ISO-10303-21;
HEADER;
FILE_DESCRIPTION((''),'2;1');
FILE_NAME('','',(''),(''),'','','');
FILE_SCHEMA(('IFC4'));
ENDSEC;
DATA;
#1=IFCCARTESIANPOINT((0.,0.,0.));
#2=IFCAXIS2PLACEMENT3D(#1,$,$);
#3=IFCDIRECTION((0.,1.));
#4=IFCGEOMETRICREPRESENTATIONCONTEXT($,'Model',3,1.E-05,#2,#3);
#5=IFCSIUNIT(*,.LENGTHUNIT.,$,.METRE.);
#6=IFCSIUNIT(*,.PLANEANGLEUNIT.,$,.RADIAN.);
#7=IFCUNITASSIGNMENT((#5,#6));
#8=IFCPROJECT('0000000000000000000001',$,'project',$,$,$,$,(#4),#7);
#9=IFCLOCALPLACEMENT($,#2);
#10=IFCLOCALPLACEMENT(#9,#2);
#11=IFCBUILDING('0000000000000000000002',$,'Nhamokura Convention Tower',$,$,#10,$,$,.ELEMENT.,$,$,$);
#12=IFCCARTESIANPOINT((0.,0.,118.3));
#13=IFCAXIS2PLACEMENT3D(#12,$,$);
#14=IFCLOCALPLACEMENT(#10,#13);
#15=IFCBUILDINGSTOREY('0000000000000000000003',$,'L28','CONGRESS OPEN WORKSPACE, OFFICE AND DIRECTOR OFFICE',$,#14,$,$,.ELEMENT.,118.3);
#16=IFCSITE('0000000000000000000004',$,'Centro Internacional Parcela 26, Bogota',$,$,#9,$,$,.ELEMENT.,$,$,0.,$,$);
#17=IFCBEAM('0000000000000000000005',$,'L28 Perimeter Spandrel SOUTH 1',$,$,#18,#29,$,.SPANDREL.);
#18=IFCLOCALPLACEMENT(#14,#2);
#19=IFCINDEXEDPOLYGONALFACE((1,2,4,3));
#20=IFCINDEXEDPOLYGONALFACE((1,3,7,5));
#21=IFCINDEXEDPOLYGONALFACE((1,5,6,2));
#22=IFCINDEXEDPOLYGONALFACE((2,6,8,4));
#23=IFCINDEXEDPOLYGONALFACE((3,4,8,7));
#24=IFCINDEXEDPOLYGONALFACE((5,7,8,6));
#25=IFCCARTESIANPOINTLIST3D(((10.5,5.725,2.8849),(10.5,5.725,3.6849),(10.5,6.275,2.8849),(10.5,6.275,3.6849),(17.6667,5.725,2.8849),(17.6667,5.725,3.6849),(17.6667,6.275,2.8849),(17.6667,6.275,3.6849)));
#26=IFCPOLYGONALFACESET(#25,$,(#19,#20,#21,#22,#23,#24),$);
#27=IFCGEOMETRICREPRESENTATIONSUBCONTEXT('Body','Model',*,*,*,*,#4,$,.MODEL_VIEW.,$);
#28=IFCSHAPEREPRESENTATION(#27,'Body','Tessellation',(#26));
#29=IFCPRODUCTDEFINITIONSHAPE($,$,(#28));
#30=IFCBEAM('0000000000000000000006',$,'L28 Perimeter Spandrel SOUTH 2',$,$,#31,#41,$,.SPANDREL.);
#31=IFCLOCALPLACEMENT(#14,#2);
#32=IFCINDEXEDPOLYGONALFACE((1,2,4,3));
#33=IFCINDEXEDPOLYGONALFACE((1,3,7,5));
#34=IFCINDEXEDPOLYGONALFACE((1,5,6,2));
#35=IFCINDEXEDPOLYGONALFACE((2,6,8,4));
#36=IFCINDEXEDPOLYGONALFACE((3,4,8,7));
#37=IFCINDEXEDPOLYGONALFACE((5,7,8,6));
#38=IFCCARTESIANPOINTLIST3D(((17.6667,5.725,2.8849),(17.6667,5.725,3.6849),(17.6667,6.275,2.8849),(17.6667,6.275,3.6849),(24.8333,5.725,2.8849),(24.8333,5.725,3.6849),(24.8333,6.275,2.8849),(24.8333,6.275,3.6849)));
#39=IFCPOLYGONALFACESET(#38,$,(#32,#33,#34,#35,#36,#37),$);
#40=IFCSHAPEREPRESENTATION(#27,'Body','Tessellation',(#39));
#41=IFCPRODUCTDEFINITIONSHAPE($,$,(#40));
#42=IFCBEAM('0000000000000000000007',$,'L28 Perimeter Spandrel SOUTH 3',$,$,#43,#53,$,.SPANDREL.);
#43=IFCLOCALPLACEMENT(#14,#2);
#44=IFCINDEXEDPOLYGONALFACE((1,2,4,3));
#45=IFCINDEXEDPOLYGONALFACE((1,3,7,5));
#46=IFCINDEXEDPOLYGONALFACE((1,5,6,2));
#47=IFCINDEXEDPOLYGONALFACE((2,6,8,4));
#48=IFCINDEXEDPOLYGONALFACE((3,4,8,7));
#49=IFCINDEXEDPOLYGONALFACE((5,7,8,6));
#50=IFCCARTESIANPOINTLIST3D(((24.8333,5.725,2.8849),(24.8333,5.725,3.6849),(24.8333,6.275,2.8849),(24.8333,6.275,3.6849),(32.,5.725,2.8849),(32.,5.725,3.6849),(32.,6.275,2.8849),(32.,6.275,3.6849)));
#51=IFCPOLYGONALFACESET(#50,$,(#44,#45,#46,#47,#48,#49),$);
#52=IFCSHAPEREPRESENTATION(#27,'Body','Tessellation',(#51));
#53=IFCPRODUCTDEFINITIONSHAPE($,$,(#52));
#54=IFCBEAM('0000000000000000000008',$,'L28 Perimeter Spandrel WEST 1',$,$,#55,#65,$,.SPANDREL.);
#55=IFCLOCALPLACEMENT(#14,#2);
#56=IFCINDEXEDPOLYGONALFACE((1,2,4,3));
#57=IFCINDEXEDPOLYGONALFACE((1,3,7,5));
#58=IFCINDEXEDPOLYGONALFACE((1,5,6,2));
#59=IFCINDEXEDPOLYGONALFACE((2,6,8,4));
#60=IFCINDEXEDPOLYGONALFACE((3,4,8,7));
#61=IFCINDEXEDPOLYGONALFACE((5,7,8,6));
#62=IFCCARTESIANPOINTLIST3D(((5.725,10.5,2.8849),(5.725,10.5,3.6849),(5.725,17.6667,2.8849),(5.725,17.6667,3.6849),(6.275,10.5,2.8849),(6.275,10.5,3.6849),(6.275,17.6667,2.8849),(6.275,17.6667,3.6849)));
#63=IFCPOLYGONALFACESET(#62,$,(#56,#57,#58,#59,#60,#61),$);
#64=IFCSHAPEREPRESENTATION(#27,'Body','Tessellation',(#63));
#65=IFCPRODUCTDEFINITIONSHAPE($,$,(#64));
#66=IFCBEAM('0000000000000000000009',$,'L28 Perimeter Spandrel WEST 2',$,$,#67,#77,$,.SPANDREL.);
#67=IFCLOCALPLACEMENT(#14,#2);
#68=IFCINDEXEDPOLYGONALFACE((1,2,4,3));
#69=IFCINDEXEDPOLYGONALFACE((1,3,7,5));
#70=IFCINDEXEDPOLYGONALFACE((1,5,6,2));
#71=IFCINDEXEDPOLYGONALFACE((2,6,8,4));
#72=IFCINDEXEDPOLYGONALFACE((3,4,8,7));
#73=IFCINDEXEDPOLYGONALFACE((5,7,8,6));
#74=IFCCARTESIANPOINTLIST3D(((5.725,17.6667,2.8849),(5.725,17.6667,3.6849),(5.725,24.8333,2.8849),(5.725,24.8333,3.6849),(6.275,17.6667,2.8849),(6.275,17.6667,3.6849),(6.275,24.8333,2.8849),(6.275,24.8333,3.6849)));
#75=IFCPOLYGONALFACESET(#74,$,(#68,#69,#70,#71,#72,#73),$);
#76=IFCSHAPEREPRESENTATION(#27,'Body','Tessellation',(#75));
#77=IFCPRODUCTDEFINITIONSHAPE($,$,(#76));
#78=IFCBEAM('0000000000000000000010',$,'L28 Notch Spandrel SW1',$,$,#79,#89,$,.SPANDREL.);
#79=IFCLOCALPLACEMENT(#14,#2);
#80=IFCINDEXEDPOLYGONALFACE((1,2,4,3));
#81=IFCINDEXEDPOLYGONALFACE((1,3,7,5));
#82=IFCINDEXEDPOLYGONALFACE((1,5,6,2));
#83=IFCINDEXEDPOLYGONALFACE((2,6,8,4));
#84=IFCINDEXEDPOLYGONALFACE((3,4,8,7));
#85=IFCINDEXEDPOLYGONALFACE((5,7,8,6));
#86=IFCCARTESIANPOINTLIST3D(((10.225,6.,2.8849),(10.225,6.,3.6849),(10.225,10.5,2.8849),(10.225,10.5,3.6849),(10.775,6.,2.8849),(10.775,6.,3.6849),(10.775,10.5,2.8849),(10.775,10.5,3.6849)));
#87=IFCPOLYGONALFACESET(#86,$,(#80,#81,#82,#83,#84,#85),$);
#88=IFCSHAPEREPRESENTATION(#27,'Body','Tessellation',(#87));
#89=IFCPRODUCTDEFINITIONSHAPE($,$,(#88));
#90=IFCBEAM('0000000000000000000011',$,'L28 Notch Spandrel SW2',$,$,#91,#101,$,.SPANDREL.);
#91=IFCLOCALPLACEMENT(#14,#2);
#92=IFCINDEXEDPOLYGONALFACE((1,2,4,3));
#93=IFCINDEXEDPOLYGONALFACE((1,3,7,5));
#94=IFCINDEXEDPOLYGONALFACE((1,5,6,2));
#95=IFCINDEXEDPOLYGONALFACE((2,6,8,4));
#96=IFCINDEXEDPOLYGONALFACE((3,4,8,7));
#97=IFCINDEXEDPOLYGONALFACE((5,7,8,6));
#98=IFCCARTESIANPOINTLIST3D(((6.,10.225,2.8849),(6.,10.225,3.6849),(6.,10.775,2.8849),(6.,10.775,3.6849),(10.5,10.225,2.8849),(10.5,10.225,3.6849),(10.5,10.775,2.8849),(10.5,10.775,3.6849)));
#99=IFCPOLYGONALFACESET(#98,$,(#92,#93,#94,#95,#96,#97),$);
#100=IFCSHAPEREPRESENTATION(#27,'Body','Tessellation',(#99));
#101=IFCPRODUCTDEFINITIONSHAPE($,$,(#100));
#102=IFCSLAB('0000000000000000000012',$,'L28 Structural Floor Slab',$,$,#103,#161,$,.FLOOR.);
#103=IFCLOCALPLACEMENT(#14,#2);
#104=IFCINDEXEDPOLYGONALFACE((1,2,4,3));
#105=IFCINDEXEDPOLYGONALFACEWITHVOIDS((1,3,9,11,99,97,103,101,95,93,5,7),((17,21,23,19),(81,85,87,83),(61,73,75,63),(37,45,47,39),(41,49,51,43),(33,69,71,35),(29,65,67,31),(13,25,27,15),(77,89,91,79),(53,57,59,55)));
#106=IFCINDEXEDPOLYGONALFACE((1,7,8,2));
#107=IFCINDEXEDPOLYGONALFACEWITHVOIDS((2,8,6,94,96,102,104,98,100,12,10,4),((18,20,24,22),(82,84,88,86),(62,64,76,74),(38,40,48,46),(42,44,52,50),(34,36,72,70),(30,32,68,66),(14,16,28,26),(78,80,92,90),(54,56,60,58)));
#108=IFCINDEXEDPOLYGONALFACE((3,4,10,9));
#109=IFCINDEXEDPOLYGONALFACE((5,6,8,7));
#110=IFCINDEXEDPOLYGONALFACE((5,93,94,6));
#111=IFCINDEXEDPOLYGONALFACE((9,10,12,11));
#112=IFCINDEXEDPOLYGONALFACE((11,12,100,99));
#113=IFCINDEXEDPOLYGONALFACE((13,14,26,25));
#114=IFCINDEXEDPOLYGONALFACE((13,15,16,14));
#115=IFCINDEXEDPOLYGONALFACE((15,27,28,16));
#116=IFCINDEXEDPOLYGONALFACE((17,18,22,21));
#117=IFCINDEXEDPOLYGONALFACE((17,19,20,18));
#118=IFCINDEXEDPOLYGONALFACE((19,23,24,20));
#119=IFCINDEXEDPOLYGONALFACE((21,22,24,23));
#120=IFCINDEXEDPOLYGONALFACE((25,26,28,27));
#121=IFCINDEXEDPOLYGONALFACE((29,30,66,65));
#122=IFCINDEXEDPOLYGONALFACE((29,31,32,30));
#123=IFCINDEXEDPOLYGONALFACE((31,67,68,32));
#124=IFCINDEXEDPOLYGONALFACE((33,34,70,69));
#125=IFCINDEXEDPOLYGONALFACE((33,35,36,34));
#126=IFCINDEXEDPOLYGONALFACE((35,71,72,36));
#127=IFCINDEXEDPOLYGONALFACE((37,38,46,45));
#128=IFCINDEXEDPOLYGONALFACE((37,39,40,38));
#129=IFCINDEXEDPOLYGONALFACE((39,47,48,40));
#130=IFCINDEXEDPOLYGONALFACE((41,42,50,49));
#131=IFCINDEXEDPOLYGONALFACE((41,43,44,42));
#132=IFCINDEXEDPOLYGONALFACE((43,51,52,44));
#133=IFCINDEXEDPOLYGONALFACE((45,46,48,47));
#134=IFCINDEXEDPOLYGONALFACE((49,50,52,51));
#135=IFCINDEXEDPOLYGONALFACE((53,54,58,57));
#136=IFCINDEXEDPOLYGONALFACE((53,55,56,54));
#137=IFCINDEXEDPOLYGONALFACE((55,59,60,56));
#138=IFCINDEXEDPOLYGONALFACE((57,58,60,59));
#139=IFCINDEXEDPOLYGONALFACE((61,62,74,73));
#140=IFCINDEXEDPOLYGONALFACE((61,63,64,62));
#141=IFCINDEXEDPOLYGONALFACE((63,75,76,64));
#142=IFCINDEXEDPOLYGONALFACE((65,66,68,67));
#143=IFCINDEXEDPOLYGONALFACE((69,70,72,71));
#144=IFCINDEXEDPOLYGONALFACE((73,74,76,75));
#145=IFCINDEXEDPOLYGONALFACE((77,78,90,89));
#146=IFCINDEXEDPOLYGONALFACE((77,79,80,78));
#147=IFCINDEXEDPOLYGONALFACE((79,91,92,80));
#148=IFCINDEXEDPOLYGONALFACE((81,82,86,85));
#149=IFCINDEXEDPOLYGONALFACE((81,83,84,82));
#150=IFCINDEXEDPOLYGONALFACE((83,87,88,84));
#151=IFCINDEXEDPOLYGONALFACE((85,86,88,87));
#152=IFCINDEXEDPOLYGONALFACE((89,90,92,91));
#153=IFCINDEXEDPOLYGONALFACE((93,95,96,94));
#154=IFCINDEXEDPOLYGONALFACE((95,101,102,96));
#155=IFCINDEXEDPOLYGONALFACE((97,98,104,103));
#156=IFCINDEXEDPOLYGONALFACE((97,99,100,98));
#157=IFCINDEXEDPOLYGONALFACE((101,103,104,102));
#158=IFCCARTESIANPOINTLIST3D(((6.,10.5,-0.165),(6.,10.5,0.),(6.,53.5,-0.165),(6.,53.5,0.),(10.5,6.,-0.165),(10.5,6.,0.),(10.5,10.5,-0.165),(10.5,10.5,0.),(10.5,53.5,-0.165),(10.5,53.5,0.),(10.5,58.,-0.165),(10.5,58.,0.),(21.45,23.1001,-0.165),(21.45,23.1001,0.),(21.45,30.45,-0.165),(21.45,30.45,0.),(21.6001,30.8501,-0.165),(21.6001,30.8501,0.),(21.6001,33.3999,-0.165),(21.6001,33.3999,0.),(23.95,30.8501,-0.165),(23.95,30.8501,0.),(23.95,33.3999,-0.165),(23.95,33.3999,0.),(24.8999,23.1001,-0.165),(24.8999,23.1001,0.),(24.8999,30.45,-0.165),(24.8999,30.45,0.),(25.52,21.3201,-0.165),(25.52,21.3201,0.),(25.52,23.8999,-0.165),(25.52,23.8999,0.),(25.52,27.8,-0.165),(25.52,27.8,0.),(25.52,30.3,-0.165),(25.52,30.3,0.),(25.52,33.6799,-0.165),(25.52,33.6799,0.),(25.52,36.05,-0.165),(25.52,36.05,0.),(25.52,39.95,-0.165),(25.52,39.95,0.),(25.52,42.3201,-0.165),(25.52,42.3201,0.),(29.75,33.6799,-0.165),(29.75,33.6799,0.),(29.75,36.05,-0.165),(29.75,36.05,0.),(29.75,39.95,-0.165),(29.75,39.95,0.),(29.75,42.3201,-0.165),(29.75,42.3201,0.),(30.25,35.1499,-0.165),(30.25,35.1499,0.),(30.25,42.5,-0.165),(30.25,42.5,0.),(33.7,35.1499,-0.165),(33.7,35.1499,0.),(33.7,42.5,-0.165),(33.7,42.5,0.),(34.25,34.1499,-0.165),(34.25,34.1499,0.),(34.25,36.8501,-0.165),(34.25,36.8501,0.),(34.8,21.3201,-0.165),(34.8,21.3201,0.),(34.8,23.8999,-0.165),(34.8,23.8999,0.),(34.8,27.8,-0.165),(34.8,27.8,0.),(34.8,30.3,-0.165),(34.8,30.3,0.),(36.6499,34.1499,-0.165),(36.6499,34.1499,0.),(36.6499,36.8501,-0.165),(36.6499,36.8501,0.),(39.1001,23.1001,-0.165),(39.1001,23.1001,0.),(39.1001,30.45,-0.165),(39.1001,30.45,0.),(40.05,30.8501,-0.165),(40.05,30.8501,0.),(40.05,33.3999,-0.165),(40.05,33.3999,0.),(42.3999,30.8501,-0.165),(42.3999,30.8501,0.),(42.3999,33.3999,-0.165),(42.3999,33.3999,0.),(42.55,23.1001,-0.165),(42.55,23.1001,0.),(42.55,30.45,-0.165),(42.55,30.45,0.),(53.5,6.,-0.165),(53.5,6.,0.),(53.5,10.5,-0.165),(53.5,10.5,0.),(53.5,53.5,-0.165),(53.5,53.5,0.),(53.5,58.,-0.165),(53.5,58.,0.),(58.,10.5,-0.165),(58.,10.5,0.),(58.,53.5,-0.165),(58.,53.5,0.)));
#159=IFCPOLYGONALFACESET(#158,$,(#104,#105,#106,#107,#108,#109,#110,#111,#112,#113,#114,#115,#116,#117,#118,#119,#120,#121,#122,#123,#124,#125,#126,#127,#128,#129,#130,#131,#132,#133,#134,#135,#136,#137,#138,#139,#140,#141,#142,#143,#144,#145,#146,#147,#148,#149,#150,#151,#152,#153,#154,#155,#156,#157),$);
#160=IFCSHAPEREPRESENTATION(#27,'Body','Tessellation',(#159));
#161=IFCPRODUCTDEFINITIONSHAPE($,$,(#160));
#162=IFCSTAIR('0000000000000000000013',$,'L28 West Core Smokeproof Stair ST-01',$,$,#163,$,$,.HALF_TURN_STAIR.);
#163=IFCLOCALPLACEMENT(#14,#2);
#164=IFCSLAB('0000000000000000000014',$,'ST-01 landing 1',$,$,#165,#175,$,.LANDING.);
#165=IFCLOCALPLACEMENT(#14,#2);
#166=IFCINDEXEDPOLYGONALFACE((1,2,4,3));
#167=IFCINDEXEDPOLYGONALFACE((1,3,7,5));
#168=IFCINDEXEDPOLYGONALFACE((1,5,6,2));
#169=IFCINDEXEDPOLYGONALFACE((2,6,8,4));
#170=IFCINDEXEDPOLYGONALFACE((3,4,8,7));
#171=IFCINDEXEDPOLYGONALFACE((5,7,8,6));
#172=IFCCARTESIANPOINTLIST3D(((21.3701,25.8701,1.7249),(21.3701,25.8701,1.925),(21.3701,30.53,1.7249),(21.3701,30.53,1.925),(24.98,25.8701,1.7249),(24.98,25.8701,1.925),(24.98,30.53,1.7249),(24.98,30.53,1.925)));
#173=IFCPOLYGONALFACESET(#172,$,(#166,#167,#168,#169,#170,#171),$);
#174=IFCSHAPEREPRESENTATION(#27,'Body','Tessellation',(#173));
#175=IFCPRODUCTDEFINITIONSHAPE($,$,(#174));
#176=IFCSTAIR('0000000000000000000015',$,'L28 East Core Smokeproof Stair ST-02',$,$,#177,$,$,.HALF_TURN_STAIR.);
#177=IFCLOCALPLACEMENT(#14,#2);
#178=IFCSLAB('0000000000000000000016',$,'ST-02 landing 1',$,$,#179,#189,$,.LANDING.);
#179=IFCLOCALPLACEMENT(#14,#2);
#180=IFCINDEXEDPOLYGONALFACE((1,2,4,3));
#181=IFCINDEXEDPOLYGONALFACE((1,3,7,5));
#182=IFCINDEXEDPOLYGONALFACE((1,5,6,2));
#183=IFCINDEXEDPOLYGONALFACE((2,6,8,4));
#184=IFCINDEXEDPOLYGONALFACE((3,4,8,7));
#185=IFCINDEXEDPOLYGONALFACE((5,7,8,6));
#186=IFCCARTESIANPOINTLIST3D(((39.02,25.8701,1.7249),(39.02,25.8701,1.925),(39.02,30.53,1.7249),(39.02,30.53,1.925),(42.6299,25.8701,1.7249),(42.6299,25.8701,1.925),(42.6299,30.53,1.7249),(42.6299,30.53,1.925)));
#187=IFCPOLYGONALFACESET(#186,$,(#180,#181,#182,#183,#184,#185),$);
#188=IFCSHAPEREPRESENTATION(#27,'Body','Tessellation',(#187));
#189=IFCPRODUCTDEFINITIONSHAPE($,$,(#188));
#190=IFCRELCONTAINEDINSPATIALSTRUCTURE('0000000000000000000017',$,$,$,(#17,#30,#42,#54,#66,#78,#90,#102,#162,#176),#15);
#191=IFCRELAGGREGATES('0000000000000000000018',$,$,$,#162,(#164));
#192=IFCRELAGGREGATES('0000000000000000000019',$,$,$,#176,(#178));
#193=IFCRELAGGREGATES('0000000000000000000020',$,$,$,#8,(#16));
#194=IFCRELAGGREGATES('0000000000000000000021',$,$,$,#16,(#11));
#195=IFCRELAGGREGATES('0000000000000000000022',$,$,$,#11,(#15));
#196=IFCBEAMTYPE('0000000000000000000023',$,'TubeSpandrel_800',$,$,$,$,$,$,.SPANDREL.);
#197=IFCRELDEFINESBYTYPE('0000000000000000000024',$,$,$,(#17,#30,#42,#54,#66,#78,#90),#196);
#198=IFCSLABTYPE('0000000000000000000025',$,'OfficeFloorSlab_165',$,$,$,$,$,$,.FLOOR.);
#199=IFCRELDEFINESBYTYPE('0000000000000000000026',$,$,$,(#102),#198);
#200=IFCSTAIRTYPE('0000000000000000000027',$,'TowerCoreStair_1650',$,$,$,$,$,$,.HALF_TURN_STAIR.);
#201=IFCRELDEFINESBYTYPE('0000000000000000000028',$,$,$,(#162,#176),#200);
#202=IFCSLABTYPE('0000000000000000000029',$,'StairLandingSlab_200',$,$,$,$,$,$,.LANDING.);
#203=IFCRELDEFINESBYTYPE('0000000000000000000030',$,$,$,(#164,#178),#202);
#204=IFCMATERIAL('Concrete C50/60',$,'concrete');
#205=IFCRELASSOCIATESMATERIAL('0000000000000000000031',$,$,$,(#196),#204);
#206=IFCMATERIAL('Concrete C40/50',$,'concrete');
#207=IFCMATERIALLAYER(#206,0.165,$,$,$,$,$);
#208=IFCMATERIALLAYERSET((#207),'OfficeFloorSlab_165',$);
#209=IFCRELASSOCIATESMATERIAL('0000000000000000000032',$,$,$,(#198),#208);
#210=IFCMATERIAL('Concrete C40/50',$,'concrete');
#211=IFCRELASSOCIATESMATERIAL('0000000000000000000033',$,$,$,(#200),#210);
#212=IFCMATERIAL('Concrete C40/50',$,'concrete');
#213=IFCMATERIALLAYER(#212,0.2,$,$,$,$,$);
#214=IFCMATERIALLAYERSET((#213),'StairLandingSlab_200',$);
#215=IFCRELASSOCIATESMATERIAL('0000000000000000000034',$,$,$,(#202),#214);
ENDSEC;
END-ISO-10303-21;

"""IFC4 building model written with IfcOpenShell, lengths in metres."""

from ifc_helpers import new_model, si_unit, direction, frame, origin, origin_2d, place, context, subcontext, project, spatial, polyline, rectangle, outline, extrude, material, layer, layer_set, material_profile, profile_set, type_object, element, aggregate, save


model = new_model("IFC4")

# Units and contexts
model_context = context("Model", 3, precision=1e-05, world=origin(), true_north=direction((0.0, 1.0)))
body_context = subcontext(model_context, "Body", "Model", "MODEL_VIEW")
ifc_project = project(units=[si_unit("LENGTHUNIT", "METRE"), si_unit("PLANEANGLEUNIT", "RADIAN")], contexts=[model_context])

# Site, building, storey
site_placement = place(None, origin())
site = spatial("IfcSite", under=ifc_project, at=site_placement, Name="Centro Internacional Parcela 26, Bogota", CompositionType="ELEMENT", RefElevation=0.0)
building_placement = place(site_placement, origin())
building = spatial("IfcBuilding", under=site, at=building_placement, Name="Nhamokura Convention Tower", CompositionType="ELEMENT")
storey_placement = place(building_placement, frame((0.0, 0.0, 118.3)))
storey = spatial("IfcBuildingStorey", under=building, at=storey_placement, Name="L28", Description="CONGRESS OPEN WORKSPACE, OFFICE AND DIRECTOR OFFICE", CompositionType="ELEMENT", Elevation=118.3)

# Beams
ifc_material_1 = material(Name="Concrete C50/60", Category="concrete")
ifc_material_profile_1 = material_profile(ifc_material_1, rectangle(XDim=0.55, YDim=0.8, at=origin_2d()))
ifc_profile_set_1 = profile_set([ifc_material_profile_1], Name="Concrete C50/60")
beam_type_1 = type_object("IfcBeamType", Name="TubeSpandrel_800", PredefinedType="SPANDREL", material=ifc_profile_set_1)
beam_1_placement = place(storey_placement, frame((10.5, 6.0, 3.2849), z_axis=(1.0, 0.0, 0.0), x_axis=(0.0, 1.0, 0.0)))
element("IfcBeam", 1, at=beam_1_placement, inside=storey, type_object=beam_type_1, Name="L28 Perimeter Spandrel SOUTH 1", PredefinedType="SPANDREL", context=body_context, shape_type="SweptSolid", body=[
    extrude(rectangle(XDim=0.55, YDim=0.8, at=origin_2d()), origin(), (0.0, 0.0, 1.0), 7.1667),
])
beam_2_placement = place(storey_placement, frame((17.6667, 6.0, 3.2849), z_axis=(1.0, 0.0, 0.0), x_axis=(0.0, 1.0, 0.0)))
element("IfcBeam", 2, at=beam_2_placement, inside=storey, type_object=beam_type_1, Name="L28 Perimeter Spandrel SOUTH 2", PredefinedType="SPANDREL", context=body_context, shape_type="SweptSolid", body=[
    extrude(rectangle(XDim=0.55, YDim=0.8, at=origin_2d()), origin(), (0.0, 0.0, 1.0), 7.1665),
])
for number, where, z_axis, x_axis, name in (
    (3, (24.8333, 6.0, 3.2849), (1.0, 0.0, 0.0), (0.0, 1.0, 0.0), "L28 Perimeter Spandrel SOUTH 3"),
    (4, (6.0, 10.5, 3.2849), (0.0, 1.0, 0.0), (-1.0, 0.0, 0.0), "L28 Perimeter Spandrel WEST 1"),
):
    element("IfcBeam", number, at=place(storey_placement, frame(where, z_axis=z_axis, x_axis=x_axis)), inside=storey, type_object=beam_type_1, Name=name, PredefinedType="SPANDREL", context=body_context, shape_type="SweptSolid", body=[
        extrude(rectangle(XDim=0.55, YDim=0.8, at=origin_2d()), origin(), (0.0, 0.0, 1.0), 7.1667),
    ])
beam_3_placement = place(storey_placement, frame((6.0, 17.6667, 3.2849), z_axis=(0.0, 1.0, 0.0), x_axis=(-1.0, 0.0, 0.0)))
element("IfcBeam", 5, at=beam_3_placement, inside=storey, type_object=beam_type_1, Name="L28 Perimeter Spandrel WEST 2", PredefinedType="SPANDREL", context=body_context, shape_type="SweptSolid", body=[
    extrude(rectangle(XDim=0.55, YDim=0.8, at=origin_2d()), origin(), (0.0, 0.0, 1.0), 7.1665),
])
for number, where, z_axis, x_axis, name in (
    (6, (10.5, 6.0, 3.2849), (0.0, 1.0, 0.0), (-1.0, 0.0, 0.0), "L28 Notch Spandrel SW1"),
    (7, (10.5, 10.5, 3.2849), (-1.0, 0.0, 0.0), (0.0, -1.0, 0.0), "L28 Notch Spandrel SW2"),
):
    element("IfcBeam", number, at=place(storey_placement, frame(where, z_axis=z_axis, x_axis=x_axis)), inside=storey, type_object=beam_type_1, Name=name, PredefinedType="SPANDREL", context=body_context, shape_type="SweptSolid", body=[
        extrude(rectangle(XDim=0.55, YDim=0.8, at=origin_2d()), origin(), (0.0, 0.0, 1.0), 4.5),
    ])

# Slab
ifc_material_2 = material(Name="Concrete C40/50", Category="concrete")
ifc_layer_1 = layer(ifc_material_2, 0.165)
ifc_layer_set_1 = layer_set([ifc_layer_1], Name="OfficeFloorSlab_165")
slab_type_1 = type_object("IfcSlabType", Name="OfficeFloorSlab_165", PredefinedType="FLOOR", material=ifc_layer_set_1)
slab_1_placement = place(storey_placement, frame((0.0, 0.0, -0.165)))
element("IfcSlab", 8, at=slab_1_placement, inside=storey, type_object=slab_type_1, Name="L28 Structural Floor Slab", PredefinedType="FLOOR", context=body_context, shape_type="SweptSolid", body=[
    extrude(outline(polyline([(10.5, 6.0), (53.5, 6.0), (53.5, 10.5), (58.0, 10.5), (58.0, 53.5), (53.5, 53.5), (53.5, 58.0), (10.5, 58.0), (10.5, 53.5), (6.0, 53.5), (6.0, 10.5), (10.5, 10.5), (10.5, 6.0)]), holes=[polyline([(24.8999, 23.1001), (24.8999, 30.45), (21.45, 30.45), (21.45, 23.1001), (24.8999, 23.1001)]), polyline([(42.55, 23.1001), (42.55, 30.45), (39.1001, 30.45), (39.1001, 23.1001), (42.55, 23.1001)]), polyline([(33.7, 35.1499), (33.7, 42.5), (30.25, 42.5), (30.25, 35.1499), (33.7, 35.1499)]), polyline([(21.6001, 30.8501), (23.95, 30.8501), (23.95, 33.3999), (21.6001, 33.3999), (21.6001, 30.8501)]), polyline([(40.05, 30.8501), (42.3999, 30.8501), (42.3999, 33.3999), (40.05, 33.3999), (40.05, 30.8501)]), polyline([(34.25, 34.1499), (36.6499, 34.1499), (36.6499, 36.8501), (34.25, 36.8501), (34.25, 34.1499)]), polyline([(25.52, 21.3201), (34.8, 21.3201), (34.8, 23.8999), (25.52, 23.8999), (25.52, 21.3201)]), polyline([(25.52, 27.8), (34.8, 27.8), (34.8, 30.3), (25.52, 30.3), (25.52, 27.8)]), polyline([(25.52, 33.6799), (29.75, 33.6799), (29.75, 36.05), (25.52, 36.05), (25.52, 33.6799)]), polyline([(25.52, 39.95), (29.75, 39.95), (29.75, 42.3201), (25.52, 42.3201), (25.52, 39.95)])]), origin(), (0.0, 0.0, 1.0), 0.165),
])

# Stairs, slabs
ifc_material_3 = material(Name="Concrete C40/50", Category="concrete")
stair_type = type_object("IfcStairType", Name="TowerCoreStair_1650", PredefinedType="HALF_TURN_STAIR", material=ifc_material_3)
stair_1_placement = place(storey_placement, origin())
stair_1 = element("IfcStair", 9, at=stair_1_placement, inside=storey, type_object=stair_type, Name="L28 West Core Smokeproof Stair ST-01", PredefinedType="HALF_TURN_STAIR")
ifc_material_4 = material(Name="Concrete C40/50", Category="concrete")
ifc_layer_2 = layer(ifc_material_4, 0.2)
ifc_layer_set_2 = layer_set([ifc_layer_2], Name="StairLandingSlab_200")
slab_type_2 = type_object("IfcSlabType", Name="StairLandingSlab_200", PredefinedType="LANDING", material=ifc_layer_set_2)
slab_2_placement = place(storey_placement, frame((0.0, 0.0, 1.7249)))
slab_2 = element("IfcSlab", 10, at=slab_2_placement, type_object=slab_type_2, Name="ST-01 landing 1", PredefinedType="LANDING", context=body_context, shape_type="SweptSolid", body=[
    extrude(outline(polyline([(24.98, 25.8701), (24.98, 30.53), (21.3701, 30.53), (21.3701, 25.8701), (24.98, 25.8701)])), origin(), (0.0, 0.0, 1.0), 0.2002),
])
aggregate(stair_1, [slab_2])
stair_2_placement = place(storey_placement, origin())
stair_2 = element("IfcStair", 11, at=stair_2_placement, inside=storey, type_object=stair_type, Name="L28 East Core Smokeproof Stair ST-02", PredefinedType="HALF_TURN_STAIR")
slab_3_placement = place(storey_placement, frame((0.0, 0.0, 1.7249)))
slab_3 = element("IfcSlab", 12, at=slab_3_placement, type_object=slab_type_2, Name="ST-02 landing 1", PredefinedType="LANDING", context=body_context, shape_type="SweptSolid", body=[
    extrude(outline(polyline([(42.6299, 25.8701), (42.6299, 30.53), (39.02, 30.53), (39.02, 25.8701), (42.6299, 25.8701)])), origin(), (0.0, 0.0, 1.0), 0.2002),
])
aggregate(stair_2, [slab_3])

save(model, "model.ifc")
